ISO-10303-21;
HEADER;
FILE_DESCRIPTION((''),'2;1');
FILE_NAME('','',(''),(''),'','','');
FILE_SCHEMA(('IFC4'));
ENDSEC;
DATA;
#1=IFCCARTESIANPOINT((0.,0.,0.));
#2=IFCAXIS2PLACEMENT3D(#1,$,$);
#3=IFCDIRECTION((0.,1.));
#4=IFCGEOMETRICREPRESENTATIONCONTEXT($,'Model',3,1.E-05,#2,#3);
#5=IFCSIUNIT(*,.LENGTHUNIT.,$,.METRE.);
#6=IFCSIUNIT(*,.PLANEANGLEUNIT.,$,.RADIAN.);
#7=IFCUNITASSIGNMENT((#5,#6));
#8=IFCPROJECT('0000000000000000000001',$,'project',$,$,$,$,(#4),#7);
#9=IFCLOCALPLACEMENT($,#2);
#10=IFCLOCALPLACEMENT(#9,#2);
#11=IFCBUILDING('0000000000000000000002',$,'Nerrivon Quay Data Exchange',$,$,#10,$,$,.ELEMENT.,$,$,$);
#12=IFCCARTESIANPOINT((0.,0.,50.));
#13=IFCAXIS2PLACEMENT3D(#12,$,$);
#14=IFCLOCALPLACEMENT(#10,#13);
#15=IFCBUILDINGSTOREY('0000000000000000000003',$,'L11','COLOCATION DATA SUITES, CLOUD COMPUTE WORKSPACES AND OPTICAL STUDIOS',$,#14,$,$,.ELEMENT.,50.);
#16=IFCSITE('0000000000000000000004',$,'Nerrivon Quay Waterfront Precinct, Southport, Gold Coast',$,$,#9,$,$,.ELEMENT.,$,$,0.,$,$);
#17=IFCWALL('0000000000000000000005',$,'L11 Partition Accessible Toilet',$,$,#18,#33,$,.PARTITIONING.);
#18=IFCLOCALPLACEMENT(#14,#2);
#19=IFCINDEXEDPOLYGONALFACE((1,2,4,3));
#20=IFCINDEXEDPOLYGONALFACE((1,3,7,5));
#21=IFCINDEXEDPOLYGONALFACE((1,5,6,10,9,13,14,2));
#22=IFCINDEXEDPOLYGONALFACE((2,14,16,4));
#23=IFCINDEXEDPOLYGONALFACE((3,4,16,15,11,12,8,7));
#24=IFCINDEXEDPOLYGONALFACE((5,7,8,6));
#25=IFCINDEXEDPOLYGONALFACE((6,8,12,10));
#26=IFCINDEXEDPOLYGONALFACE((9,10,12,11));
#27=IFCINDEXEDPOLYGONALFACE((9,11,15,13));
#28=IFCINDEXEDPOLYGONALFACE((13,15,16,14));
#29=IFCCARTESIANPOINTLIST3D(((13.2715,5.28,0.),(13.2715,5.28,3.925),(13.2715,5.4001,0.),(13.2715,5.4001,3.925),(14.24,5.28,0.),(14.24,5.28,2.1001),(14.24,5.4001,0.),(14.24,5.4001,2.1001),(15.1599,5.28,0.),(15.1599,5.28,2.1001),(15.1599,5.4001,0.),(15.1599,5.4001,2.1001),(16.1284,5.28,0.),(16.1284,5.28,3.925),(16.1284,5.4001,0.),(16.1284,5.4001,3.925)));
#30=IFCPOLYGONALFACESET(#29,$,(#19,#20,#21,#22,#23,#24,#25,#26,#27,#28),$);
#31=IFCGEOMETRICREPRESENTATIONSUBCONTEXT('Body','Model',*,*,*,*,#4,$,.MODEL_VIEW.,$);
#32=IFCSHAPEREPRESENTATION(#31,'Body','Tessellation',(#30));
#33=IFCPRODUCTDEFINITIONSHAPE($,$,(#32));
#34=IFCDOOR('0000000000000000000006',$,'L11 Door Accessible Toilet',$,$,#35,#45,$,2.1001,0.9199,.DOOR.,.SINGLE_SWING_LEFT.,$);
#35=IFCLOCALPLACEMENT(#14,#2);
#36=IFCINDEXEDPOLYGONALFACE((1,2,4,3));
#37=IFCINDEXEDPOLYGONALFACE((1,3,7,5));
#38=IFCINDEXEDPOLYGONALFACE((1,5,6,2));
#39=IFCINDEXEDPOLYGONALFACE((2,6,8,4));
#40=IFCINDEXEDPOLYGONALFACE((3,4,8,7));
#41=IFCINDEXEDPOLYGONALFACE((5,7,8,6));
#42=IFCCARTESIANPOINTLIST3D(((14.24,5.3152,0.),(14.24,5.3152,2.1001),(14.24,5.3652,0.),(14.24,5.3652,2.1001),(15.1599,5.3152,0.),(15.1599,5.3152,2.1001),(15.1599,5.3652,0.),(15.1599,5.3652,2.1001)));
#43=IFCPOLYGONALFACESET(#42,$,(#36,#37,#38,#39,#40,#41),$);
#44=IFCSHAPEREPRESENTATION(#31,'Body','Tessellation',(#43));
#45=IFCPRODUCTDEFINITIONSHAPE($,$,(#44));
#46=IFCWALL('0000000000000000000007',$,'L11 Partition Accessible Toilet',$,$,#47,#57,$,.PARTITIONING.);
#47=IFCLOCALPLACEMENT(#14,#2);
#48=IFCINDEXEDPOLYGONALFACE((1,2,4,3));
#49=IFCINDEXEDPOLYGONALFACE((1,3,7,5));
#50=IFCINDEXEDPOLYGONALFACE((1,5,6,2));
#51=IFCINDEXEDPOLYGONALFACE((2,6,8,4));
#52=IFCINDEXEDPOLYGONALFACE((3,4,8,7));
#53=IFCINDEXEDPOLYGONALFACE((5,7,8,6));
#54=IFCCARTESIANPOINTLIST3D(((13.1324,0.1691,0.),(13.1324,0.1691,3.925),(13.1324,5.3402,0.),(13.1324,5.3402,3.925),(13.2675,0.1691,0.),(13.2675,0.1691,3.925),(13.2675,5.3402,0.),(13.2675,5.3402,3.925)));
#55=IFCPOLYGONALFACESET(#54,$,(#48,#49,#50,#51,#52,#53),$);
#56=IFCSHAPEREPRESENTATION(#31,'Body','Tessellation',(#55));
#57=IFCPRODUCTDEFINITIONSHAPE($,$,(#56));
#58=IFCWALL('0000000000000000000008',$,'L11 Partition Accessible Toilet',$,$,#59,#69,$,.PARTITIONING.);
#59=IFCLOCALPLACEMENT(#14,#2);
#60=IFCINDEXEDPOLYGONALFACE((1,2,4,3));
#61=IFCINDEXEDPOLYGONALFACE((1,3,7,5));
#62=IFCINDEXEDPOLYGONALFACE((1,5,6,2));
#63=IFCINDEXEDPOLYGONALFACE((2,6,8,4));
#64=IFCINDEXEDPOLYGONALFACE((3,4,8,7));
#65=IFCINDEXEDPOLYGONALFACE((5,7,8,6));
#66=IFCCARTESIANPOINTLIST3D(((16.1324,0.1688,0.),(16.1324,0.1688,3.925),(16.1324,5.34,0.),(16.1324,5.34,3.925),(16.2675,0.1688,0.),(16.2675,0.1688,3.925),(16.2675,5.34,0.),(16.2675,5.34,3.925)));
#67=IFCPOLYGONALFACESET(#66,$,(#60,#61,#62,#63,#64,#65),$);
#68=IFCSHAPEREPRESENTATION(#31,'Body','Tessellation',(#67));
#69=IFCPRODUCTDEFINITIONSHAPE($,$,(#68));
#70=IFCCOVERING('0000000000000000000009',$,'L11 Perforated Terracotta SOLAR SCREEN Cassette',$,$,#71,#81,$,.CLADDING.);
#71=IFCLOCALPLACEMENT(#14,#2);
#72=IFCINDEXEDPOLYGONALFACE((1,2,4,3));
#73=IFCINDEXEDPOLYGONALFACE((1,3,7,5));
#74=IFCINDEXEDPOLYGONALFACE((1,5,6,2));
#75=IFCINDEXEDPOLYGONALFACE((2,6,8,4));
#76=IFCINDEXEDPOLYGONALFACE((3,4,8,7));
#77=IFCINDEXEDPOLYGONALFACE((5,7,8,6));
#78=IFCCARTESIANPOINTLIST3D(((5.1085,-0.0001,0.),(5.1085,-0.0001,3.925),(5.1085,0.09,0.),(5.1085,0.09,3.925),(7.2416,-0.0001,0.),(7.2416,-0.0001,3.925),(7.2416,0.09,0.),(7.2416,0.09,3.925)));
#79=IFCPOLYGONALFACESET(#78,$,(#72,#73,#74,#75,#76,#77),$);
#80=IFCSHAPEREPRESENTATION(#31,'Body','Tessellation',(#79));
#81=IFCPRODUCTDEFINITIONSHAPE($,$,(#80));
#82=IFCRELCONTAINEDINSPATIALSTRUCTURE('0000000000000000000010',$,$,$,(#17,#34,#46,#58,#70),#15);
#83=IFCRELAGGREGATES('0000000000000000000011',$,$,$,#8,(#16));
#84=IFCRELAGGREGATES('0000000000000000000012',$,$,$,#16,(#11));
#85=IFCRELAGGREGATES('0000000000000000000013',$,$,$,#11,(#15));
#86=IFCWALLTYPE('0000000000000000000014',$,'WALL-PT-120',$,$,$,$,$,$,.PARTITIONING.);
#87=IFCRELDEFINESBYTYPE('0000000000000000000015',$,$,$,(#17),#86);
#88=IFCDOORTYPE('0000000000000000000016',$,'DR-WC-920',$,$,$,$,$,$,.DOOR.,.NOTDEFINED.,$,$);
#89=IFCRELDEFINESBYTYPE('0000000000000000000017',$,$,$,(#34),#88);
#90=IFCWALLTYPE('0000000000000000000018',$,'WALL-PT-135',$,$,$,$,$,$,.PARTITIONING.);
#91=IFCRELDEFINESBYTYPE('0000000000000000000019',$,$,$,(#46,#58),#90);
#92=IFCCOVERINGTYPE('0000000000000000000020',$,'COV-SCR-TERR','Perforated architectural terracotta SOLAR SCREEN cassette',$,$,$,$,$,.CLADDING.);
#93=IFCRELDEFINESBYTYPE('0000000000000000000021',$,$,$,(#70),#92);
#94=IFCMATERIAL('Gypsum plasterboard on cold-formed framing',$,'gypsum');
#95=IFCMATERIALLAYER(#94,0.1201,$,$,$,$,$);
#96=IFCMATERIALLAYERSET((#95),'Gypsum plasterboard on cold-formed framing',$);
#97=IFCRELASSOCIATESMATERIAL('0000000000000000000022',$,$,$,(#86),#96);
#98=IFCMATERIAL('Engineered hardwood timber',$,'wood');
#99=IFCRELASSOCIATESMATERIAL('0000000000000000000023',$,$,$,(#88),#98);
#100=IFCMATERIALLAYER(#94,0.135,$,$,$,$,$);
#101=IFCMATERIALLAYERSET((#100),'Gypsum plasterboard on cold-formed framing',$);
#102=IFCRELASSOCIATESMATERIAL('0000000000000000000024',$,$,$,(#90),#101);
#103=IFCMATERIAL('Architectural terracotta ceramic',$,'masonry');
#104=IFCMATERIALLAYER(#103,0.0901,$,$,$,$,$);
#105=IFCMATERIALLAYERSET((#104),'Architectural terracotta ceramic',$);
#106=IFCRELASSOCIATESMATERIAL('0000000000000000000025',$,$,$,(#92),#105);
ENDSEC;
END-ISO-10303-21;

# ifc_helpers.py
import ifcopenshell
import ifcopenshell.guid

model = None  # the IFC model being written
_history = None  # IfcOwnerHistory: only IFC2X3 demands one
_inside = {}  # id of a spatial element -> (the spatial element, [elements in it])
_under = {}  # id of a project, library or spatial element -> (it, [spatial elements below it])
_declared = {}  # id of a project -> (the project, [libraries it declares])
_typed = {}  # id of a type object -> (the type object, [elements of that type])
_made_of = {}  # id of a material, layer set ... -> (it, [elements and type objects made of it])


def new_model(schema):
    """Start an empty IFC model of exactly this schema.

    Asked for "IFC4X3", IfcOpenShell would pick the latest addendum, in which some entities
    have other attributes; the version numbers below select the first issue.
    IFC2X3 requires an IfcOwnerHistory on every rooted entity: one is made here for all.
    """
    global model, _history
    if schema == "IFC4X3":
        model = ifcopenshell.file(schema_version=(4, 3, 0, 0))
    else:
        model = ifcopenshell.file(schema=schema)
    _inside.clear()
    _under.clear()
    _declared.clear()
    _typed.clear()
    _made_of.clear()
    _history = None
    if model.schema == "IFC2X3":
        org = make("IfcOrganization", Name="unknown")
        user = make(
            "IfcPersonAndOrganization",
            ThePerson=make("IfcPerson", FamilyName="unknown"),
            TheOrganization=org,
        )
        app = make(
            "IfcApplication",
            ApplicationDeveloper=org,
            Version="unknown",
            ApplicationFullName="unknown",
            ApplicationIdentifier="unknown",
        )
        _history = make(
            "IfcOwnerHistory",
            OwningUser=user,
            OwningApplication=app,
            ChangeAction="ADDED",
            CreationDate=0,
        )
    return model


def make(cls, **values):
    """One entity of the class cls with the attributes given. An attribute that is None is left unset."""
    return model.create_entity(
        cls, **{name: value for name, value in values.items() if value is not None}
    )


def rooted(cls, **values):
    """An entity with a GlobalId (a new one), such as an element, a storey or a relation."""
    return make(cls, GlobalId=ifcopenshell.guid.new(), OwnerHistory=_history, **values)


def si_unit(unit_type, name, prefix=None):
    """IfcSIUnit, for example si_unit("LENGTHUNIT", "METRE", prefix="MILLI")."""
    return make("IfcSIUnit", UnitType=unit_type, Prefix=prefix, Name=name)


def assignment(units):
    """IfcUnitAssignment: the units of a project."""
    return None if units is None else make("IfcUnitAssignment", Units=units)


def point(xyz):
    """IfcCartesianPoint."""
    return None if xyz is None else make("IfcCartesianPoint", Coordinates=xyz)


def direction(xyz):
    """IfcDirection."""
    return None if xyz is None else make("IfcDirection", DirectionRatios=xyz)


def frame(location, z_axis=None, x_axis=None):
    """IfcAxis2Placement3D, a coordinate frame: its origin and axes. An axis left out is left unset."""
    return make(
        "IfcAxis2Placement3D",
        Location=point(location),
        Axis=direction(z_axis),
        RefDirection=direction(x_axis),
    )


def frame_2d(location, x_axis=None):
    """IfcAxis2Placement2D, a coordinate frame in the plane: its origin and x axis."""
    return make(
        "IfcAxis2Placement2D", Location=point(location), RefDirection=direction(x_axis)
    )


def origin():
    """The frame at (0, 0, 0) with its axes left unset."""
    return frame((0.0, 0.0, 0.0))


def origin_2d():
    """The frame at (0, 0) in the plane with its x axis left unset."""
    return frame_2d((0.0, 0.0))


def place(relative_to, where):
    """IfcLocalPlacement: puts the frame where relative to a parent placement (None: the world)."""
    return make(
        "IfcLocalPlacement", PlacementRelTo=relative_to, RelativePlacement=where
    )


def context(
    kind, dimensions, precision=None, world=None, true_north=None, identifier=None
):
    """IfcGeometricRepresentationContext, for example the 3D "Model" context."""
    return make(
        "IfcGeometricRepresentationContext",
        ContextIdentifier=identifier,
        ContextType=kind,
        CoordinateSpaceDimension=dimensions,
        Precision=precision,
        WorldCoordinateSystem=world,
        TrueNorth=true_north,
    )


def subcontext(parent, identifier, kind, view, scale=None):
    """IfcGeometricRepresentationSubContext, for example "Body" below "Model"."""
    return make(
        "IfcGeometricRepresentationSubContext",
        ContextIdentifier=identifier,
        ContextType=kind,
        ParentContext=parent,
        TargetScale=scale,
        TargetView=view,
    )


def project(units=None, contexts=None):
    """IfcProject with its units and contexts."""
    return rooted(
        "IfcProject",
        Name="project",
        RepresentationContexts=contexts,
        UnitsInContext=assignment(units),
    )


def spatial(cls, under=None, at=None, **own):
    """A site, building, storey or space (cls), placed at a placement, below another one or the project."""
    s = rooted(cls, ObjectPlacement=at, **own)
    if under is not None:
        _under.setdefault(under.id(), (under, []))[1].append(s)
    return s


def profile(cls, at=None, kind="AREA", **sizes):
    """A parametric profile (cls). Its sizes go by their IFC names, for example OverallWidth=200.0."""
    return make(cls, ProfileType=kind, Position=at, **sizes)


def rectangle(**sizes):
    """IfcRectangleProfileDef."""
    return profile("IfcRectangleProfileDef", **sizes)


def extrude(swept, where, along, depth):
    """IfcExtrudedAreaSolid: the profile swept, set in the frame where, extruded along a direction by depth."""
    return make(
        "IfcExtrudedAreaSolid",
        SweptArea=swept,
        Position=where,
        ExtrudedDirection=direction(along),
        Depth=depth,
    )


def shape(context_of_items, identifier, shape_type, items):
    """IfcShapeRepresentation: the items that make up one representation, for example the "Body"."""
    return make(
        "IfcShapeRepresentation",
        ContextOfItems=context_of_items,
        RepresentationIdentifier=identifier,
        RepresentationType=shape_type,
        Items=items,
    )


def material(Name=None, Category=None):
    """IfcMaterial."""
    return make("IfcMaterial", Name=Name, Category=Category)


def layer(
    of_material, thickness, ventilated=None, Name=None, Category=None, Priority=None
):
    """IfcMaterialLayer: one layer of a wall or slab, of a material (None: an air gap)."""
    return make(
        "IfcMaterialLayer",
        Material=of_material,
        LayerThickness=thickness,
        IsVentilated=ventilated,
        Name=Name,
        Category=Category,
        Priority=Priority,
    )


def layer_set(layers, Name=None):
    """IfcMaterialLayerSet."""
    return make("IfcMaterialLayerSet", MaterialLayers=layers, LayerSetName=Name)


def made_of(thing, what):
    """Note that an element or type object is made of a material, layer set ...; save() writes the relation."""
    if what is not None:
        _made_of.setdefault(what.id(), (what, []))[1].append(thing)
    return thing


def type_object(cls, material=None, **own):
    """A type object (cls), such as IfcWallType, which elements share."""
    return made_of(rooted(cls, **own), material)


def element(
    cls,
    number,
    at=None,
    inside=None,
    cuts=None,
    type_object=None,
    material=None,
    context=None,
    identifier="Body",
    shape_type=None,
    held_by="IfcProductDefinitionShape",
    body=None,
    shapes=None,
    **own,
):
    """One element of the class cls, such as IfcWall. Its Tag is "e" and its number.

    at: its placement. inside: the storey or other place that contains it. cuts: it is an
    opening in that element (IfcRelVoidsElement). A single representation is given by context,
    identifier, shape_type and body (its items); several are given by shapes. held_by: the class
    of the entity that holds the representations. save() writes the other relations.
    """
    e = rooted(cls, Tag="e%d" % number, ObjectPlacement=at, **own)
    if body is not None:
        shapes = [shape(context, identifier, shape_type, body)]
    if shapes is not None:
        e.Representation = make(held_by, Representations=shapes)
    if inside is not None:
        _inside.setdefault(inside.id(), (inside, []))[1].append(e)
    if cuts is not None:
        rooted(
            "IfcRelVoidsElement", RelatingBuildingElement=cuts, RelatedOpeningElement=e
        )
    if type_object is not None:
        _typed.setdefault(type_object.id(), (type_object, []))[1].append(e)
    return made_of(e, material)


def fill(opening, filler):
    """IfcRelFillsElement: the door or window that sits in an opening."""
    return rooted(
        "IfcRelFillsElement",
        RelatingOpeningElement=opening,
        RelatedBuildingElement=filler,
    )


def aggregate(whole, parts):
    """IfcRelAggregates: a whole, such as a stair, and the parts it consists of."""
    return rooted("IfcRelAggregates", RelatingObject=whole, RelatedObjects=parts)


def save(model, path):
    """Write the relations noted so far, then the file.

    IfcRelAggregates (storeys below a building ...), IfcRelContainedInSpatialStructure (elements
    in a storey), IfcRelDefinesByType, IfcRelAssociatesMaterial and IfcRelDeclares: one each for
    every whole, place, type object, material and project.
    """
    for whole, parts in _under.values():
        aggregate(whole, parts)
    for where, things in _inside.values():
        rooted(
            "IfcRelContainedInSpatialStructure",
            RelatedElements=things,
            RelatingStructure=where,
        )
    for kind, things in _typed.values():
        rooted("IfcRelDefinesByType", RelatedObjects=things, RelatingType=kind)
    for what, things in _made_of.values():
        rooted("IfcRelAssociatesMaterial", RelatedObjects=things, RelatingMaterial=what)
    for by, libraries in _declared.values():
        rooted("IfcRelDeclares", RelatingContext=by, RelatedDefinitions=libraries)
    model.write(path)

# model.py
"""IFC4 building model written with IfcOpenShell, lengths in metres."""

from ifc_helpers import new_model, si_unit, direction, frame, frame_2d, origin, origin_2d, place, context, subcontext, project, spatial, rectangle, extrude, material, layer, layer_set, type_object, element, fill, save


model = new_model("IFC4")

# Units and contexts
model_context = context("Model", 3, precision=1e-05, world=origin(), true_north=direction((0.0, 1.0)))
body_context = subcontext(model_context, "Body", "Model", "MODEL_VIEW")
ifc_project = project(units=[si_unit("LENGTHUNIT", "METRE"), si_unit("PLANEANGLEUNIT", "RADIAN")], contexts=[model_context])

# Site, building, storey
site_placement = place(None, origin())
site = spatial("IfcSite", under=ifc_project, at=site_placement, Name="Nerrivon Quay Waterfront Precinct, Southport, Gold Coast", CompositionType="ELEMENT", RefElevation=0.0)
building_placement = place(site_placement, origin())
building = spatial("IfcBuilding", under=site, at=building_placement, Name="Nerrivon Quay Data Exchange", CompositionType="ELEMENT")
storey_placement = place(building_placement, frame((0.0, 0.0, 50.0)))
storey = spatial("IfcBuildingStorey", under=building, at=storey_placement, Name="L11", Description="COLOCATION DATA SUITES, CLOUD COMPUTE WORKSPACES AND OPTICAL STUDIOS", CompositionType="ELEMENT", Elevation=50.0)

# Shared definitions
ifc_material_1 = material(Name="Gypsum plasterboard on cold-formed framing", Category="gypsum")

# Wall, opening, door
ifc_layer_1 = layer(ifc_material_1, 0.1201)
ifc_layer_set_1 = layer_set([ifc_layer_1], Name="Gypsum plasterboard on cold-formed framing")
wall_type_1 = type_object("IfcWallType", Name="WALL-PT-120", PredefinedType="PARTITIONING", material=ifc_layer_set_1)
wall_1_placement = place(storey_placement, frame((16.1284, 5.3401, 0.0), z_axis=(0.0, 0.0, 1.0), x_axis=(-1.0, 0.0, 0.0)))
wall_1 = element("IfcWall", 1, at=wall_1_placement, inside=storey, type_object=wall_type_1, Name="L11 Partition Accessible Toilet", PredefinedType="PARTITIONING", context=body_context, shape_type="SweptSolid", body=[
    extrude(rectangle(XDim=2.8569, YDim=0.1201, at=frame_2d((1.4285, 0.0))), origin(), (0.0, 0.0, 1.0), 3.925),
])
opening_1_placement = place(wall_1_placement, frame((0.9685, 0.0, 0.0)))
opening_1 = element("IfcOpeningElement", 2, at=opening_1_placement, cuts=wall_1, PredefinedType="OPENING", context=body_context, shape_type="SweptSolid", body=[
    extrude(rectangle(XDim=0.9199, YDim=2.1001, at=frame_2d((0.46, 1.05))), frame((0.0, 0.0701, 0.0), z_axis=(0.0, -1.0, 0.0), x_axis=(1.0, 0.0, 0.0)), (0.0, 0.0, 1.0), 0.1401),
])
ifc_material_2 = material(Name="Engineered hardwood timber", Category="wood")
door_type_1 = type_object("IfcDoorType", Name="DR-WC-920", OperationType="NOTDEFINED", PredefinedType="DOOR", material=ifc_material_2)
door_1_placement = place(opening_1_placement, origin())
door_1 = element("IfcDoor", 3, at=door_1_placement, inside=storey, type_object=door_type_1, Name="L11 Door Accessible Toilet", OperationType="SINGLE_SWING_LEFT", OverallHeight=2.1001, OverallWidth=0.9199, PredefinedType="DOOR", context=body_context, shape_type="SweptSolid", body=[
    extrude(rectangle(XDim=0.9199, YDim=2.1001, at=frame_2d((0.46, 1.05))), frame((0.0, 0.0249, 0.0), z_axis=(0.0, -1.0, 0.0), x_axis=(1.0, 0.0, 0.0)), (0.0, 0.0, 1.0), 0.05),
])
fill(opening_1, door_1)

# Walls
ifc_layer_2 = layer(ifc_material_1, 0.135)
ifc_layer_set_2 = layer_set([ifc_layer_2], Name="Gypsum plasterboard on cold-formed framing")
wall_type_2 = type_object("IfcWallType", Name="WALL-PT-135", PredefinedType="PARTITIONING", material=ifc_layer_set_2)
for number, where, z_axis, x_axis, name in (
    (4, (13.2, 5.3401, 0.0), (0.0, 0.0, 1.0), (0.0, -1.0, 0.0), "L11 Partition Accessible Toilet"),
    (5, (16.2, 0.1689, 0.0), (0.0, 0.0, 1.0), (0.0, 1.0, 0.0), "L11 Partition Accessible Toilet"),
):
    element("IfcWall", number, at=place(storey_placement, frame(where, z_axis=z_axis, x_axis=x_axis)), inside=storey, type_object=wall_type_2, Name=name, PredefinedType="PARTITIONING", context=body_context, shape_type="SweptSolid", body=[
        extrude(rectangle(XDim=5.1711, YDim=0.135, at=frame_2d((2.5854, 0.0))), origin(), (0.0, 0.0, 1.0), 3.925),
    ])

# Covering
ifc_material_3 = material(Name="Architectural terracotta ceramic", Category="masonry")
ifc_layer_3 = layer(ifc_material_3, 0.0901)
ifc_layer_set_3 = layer_set([ifc_layer_3], Name="Architectural terracotta ceramic")
covering_type = type_object("IfcCoveringType", Name="COV-SCR-TERR", Description="Perforated architectural terracotta SOLAR SCREEN cassette", PredefinedType="CLADDING", material=ifc_layer_set_3)
covering_placement = place(storey_placement, frame((6.175, 0.0449, 0.0), z_axis=(0.0, 0.0, 1.0), x_axis=(-1.0, 0.0, 0.0)))
element("IfcCovering", 6, at=covering_placement, inside=storey, type_object=covering_type, Name="L11 Perforated Terracotta SOLAR SCREEN Cassette", PredefinedType="CLADDING", context=body_context, shape_type="SweptSolid", body=[
    extrude(rectangle(XDim=2.1331, YDim=0.0901, at=origin_2d()), origin(), (0.0, 0.0, 1.0), 3.925),
])

save(model, "model.ifc")
